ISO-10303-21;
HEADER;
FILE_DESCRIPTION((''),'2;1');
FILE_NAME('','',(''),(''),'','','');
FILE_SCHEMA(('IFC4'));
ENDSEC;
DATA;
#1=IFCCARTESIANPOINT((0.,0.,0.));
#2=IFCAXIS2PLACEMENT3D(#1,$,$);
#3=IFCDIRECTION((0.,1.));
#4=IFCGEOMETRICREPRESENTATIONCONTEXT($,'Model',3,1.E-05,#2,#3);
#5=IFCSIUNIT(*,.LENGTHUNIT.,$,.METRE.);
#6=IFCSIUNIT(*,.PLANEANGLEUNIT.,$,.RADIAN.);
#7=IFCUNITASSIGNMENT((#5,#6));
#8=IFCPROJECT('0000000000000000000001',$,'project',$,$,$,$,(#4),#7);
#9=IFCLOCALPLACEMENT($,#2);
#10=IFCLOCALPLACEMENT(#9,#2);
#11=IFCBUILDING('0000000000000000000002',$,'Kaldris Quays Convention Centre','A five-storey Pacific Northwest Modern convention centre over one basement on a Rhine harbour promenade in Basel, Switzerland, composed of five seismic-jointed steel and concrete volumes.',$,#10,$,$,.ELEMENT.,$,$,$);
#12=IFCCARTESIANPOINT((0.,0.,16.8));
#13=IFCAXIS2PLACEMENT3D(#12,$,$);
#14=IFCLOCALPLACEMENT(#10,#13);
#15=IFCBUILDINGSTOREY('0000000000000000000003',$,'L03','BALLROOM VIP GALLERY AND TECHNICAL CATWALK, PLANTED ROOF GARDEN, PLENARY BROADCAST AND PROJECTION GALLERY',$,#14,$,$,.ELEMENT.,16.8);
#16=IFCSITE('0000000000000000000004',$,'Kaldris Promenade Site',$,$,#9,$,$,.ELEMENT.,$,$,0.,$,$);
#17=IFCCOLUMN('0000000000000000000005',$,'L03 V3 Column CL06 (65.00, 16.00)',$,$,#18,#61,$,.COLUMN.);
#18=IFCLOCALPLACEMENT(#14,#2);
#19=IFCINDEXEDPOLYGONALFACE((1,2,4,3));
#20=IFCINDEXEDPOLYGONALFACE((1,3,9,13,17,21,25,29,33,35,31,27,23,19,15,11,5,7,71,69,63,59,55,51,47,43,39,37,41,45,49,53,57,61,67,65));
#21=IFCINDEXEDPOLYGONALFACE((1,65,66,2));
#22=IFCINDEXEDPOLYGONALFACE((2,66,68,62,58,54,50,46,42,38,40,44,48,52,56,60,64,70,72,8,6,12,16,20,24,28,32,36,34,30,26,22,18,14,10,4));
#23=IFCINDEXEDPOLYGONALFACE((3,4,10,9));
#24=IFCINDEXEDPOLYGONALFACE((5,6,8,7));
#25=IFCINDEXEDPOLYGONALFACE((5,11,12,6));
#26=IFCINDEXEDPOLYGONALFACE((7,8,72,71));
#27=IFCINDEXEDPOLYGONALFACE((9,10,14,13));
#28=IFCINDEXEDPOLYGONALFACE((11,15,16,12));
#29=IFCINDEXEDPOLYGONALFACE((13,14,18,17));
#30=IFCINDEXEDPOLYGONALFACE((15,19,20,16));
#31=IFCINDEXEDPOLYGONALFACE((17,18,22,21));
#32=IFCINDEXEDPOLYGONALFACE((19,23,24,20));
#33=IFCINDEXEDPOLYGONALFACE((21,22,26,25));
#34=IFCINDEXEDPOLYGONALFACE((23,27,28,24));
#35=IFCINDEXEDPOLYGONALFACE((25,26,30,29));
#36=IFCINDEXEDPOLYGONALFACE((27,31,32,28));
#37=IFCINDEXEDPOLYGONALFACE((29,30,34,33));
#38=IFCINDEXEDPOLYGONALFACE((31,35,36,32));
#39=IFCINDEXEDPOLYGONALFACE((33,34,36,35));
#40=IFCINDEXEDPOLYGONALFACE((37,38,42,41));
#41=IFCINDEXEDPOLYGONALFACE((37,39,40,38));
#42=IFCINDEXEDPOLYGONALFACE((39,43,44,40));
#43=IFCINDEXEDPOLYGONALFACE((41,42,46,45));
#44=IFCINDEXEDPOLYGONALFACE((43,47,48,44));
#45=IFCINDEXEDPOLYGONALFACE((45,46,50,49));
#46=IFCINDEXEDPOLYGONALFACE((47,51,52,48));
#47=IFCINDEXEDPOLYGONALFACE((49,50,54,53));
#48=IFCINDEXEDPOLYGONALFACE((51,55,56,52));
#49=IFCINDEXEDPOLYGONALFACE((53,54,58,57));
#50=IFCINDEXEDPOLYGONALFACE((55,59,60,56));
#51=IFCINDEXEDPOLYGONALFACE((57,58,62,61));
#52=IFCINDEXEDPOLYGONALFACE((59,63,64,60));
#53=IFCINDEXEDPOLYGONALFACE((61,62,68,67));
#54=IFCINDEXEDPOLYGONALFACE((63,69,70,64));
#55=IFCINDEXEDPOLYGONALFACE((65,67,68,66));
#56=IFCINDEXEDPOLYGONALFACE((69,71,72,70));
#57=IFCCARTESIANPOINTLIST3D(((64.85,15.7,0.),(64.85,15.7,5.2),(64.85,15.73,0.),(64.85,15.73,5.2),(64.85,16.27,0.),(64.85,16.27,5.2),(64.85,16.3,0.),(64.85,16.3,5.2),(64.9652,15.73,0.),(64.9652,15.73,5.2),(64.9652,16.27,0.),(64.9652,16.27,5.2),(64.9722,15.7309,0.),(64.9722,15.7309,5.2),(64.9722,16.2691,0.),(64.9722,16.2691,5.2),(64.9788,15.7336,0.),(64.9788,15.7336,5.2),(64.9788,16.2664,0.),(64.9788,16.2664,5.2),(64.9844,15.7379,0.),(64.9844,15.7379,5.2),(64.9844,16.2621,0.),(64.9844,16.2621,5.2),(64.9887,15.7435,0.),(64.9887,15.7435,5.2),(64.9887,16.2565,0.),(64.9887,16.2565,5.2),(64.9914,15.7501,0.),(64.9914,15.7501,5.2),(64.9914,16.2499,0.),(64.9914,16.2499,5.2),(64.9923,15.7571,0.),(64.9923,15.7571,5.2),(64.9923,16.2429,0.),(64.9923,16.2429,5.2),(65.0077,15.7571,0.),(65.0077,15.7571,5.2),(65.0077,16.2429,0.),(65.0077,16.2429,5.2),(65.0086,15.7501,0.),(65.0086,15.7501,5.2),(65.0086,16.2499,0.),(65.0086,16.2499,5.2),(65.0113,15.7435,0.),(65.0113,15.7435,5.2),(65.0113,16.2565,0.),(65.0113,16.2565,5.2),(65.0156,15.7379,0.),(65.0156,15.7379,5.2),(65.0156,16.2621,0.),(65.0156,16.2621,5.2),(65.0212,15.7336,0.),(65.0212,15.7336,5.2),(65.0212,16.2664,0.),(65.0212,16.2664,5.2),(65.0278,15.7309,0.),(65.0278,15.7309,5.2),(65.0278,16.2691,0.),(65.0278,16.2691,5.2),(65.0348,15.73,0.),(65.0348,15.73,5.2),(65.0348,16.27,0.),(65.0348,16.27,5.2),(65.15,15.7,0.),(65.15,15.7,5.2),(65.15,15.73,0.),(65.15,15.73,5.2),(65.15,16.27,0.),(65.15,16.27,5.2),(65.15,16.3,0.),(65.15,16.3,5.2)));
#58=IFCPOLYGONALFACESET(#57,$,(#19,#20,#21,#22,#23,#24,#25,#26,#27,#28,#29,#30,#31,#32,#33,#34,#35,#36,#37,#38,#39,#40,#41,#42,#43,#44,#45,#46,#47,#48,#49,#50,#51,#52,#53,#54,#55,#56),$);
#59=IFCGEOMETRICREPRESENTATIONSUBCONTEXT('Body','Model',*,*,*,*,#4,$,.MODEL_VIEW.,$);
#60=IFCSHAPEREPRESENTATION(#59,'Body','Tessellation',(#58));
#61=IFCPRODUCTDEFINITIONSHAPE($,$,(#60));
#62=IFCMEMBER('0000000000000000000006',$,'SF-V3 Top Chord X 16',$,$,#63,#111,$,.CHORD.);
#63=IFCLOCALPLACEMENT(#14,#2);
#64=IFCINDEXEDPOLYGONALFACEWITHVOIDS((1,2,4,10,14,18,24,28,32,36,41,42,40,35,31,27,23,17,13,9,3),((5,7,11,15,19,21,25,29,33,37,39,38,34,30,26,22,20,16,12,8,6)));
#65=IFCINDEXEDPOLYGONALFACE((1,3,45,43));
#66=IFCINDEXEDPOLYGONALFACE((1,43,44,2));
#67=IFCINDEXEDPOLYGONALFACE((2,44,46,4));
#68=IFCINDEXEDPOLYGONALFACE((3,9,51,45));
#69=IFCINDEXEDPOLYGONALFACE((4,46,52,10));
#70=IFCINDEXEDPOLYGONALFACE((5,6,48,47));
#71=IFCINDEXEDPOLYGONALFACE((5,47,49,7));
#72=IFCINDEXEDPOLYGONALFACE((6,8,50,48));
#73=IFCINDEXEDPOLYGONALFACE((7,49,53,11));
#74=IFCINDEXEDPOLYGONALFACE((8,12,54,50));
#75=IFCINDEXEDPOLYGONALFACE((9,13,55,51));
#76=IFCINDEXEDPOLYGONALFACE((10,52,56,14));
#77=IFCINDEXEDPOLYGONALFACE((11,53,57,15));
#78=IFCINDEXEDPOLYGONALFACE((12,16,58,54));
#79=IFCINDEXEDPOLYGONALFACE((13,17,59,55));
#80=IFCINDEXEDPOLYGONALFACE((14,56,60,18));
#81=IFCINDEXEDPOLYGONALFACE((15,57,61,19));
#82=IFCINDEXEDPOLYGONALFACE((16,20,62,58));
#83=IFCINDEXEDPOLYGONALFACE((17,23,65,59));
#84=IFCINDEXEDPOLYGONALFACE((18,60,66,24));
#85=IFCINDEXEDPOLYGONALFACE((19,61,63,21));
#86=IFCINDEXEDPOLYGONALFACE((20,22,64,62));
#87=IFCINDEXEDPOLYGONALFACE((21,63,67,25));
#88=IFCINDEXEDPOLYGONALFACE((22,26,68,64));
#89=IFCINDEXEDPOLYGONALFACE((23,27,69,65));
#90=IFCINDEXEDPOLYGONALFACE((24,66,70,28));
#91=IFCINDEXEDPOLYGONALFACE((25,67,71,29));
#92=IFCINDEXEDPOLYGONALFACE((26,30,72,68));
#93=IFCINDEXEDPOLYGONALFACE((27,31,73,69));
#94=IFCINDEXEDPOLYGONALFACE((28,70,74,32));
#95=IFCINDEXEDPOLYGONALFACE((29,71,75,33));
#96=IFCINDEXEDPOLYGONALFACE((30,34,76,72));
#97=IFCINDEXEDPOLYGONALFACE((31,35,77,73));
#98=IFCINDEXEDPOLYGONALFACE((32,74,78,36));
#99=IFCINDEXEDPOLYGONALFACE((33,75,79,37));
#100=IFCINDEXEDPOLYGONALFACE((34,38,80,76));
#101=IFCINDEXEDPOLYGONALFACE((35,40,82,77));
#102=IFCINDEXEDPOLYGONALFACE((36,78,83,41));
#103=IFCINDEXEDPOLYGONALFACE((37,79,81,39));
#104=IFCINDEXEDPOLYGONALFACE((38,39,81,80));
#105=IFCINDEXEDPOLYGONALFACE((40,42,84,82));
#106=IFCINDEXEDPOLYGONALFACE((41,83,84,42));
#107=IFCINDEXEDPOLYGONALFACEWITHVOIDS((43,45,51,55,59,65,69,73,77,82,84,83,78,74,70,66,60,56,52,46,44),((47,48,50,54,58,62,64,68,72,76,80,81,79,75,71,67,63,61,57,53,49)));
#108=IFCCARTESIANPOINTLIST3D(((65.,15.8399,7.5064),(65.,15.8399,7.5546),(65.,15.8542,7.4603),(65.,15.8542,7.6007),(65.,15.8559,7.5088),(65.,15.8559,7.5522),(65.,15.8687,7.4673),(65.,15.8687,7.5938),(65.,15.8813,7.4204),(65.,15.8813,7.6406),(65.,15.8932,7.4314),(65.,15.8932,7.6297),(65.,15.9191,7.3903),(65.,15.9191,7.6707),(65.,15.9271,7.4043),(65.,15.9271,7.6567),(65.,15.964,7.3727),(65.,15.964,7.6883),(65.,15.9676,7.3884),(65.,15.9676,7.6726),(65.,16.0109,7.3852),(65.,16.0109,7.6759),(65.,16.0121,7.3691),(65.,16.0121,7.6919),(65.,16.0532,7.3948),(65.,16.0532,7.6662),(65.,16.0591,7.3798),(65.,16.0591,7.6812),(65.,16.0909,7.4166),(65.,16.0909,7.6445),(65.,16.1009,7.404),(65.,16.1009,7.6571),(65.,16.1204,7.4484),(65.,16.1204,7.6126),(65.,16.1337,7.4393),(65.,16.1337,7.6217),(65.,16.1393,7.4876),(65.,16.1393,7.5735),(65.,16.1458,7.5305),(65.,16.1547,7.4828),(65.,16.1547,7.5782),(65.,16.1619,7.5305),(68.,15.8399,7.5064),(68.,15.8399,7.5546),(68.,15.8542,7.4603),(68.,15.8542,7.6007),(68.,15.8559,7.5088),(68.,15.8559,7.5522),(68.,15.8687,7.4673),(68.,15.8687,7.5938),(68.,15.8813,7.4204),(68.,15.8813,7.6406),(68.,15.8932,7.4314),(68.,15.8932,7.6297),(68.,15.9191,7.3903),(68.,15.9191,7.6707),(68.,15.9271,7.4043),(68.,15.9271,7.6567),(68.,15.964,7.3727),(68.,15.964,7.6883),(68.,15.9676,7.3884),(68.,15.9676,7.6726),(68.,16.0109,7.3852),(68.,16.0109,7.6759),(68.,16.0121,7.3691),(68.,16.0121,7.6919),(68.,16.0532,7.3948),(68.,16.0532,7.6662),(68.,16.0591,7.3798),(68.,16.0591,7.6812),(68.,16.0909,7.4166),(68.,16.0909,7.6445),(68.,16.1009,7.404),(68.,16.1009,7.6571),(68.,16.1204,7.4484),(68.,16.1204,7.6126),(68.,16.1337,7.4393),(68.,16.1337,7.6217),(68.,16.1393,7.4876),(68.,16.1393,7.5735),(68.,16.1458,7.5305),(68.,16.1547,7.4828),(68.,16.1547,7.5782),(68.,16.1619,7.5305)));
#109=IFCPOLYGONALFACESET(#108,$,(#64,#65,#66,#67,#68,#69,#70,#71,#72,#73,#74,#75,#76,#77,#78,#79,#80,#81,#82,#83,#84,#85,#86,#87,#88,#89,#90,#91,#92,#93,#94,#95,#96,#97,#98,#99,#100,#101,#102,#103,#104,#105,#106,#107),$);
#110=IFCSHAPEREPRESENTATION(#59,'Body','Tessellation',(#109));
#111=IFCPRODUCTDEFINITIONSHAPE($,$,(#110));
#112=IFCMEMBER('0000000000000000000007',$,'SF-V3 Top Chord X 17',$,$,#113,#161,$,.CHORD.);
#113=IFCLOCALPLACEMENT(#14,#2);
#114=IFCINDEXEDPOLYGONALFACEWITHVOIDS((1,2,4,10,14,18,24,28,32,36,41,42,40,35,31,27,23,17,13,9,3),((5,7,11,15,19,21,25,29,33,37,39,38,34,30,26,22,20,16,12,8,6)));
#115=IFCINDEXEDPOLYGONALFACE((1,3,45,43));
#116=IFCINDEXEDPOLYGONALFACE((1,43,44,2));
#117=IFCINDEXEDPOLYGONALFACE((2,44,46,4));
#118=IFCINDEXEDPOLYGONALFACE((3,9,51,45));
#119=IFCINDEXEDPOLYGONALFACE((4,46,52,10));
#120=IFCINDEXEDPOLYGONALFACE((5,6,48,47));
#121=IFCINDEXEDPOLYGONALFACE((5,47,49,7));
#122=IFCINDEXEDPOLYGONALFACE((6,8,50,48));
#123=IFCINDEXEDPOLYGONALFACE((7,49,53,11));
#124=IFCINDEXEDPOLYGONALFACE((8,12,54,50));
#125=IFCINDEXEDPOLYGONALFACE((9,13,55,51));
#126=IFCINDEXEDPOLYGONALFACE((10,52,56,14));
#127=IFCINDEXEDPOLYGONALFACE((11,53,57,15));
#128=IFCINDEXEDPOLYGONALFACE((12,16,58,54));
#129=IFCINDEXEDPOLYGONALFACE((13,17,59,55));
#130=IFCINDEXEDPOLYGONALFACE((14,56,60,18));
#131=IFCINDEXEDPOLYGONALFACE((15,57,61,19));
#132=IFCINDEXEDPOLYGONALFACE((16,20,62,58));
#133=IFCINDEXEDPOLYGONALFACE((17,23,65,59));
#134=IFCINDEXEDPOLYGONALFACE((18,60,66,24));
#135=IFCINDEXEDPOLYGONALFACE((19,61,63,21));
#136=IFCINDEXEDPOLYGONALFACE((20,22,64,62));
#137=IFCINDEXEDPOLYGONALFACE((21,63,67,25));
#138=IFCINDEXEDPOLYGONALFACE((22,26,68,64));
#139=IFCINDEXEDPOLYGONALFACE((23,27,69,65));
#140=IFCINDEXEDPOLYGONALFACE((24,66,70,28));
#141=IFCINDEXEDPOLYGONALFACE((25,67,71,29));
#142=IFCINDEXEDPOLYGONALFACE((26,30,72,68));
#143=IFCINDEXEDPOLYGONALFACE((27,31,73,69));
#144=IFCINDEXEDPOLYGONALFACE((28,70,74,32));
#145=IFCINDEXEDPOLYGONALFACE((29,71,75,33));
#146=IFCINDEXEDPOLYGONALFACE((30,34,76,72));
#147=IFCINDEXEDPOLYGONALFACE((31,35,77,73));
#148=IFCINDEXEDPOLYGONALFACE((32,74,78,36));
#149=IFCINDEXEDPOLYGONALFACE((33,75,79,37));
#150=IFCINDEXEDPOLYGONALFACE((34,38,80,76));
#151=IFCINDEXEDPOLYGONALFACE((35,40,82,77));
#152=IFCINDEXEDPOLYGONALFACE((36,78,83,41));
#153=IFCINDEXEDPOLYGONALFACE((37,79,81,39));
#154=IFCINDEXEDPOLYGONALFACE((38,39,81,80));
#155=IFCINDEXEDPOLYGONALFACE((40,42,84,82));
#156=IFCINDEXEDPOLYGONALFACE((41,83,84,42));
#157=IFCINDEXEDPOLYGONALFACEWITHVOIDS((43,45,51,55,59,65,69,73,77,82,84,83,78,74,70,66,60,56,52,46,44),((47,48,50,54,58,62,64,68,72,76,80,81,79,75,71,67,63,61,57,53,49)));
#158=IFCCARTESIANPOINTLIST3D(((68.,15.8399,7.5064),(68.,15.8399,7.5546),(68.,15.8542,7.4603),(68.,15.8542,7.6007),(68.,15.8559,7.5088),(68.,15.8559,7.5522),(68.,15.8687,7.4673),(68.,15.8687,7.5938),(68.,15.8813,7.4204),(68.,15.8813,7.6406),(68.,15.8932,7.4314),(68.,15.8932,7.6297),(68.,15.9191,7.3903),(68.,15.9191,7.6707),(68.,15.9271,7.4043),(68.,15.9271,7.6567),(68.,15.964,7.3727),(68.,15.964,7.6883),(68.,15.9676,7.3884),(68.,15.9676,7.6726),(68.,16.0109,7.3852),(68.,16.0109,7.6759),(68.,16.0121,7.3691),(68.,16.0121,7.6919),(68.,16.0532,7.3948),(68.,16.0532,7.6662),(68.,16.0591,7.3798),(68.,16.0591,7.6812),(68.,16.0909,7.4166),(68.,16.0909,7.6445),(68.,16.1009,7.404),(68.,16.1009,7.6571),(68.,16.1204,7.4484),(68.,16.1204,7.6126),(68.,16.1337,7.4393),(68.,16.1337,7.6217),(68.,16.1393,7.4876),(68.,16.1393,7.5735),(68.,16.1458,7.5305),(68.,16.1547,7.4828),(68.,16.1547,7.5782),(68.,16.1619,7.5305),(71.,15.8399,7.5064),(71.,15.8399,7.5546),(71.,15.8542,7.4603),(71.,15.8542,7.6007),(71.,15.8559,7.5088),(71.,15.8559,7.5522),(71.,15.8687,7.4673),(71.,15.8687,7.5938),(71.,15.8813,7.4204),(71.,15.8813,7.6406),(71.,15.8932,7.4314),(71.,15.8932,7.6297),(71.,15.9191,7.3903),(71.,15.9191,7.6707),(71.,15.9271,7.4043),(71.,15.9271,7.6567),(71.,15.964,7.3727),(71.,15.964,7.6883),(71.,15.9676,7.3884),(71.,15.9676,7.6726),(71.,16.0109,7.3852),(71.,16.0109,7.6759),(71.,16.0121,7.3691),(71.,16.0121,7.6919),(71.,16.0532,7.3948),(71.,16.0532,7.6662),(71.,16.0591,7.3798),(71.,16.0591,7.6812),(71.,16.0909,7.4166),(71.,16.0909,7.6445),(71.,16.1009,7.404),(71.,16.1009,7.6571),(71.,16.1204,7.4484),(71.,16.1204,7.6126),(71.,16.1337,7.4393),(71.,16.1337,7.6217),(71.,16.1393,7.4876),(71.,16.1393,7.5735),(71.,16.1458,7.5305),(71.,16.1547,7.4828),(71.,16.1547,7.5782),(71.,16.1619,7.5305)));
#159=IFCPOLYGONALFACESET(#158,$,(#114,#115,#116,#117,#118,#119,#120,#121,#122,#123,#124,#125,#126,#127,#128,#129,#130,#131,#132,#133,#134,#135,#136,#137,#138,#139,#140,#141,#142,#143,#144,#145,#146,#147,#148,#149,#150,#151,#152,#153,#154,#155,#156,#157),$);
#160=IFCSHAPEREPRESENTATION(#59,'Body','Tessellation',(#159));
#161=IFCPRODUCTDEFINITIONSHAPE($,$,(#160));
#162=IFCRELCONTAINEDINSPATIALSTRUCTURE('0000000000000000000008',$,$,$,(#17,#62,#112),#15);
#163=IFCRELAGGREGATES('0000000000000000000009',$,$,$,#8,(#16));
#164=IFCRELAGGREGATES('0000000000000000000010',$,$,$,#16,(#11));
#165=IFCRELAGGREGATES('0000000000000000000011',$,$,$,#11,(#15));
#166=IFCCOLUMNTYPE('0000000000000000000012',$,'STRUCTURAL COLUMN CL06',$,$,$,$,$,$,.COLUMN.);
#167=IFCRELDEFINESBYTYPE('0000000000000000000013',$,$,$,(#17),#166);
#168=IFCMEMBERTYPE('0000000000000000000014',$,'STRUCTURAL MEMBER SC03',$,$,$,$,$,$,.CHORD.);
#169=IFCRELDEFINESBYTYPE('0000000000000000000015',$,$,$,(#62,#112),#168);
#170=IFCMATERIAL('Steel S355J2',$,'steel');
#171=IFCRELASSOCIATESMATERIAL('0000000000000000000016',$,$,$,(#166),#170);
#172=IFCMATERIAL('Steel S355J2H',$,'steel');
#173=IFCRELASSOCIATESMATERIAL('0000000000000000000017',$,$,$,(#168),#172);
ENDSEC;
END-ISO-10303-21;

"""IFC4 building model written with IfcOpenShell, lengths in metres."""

from ifc_helpers import new_model, si_unit, direction, frame, origin, origin_2d, place, context, subcontext, project, spatial, hollow_circle, i_section, extrude, material, material_profile, profile_set, type_object, element, save


model = new_model("IFC4")

# Units and contexts
model_context = context("Model", 3, precision=1e-05, world=origin(), true_north=direction((0.0, 1.0)))
body_context = subcontext(model_context, "Body", "Model", "MODEL_VIEW")
ifc_project = project(units=[si_unit("LENGTHUNIT", "METRE"), si_unit("PLANEANGLEUNIT", "RADIAN")], contexts=[model_context])

# Site, building, storey
site_placement = place(None, origin())
site = spatial("IfcSite", under=ifc_project, at=site_placement, Name="Kaldris Promenade Site", CompositionType="ELEMENT", RefElevation=0.0)
building_placement = place(site_placement, origin())
building = spatial("IfcBuilding", under=site, at=building_placement, Name="Kaldris Quays Convention Centre", Description="A five-storey Pacific Northwest Modern convention centre over one basement on a Rhine harbour promenade in Basel, Switzerland, composed of five seismic-jointed steel and concrete volumes.", CompositionType="ELEMENT")
storey_placement = place(building_placement, frame((0.0, 0.0, 16.8)))
storey = spatial("IfcBuildingStorey", under=building, at=storey_placement, Name="L03", Description="BALLROOM VIP GALLERY AND TECHNICAL CATWALK, PLANTED ROOF GARDEN, PLENARY BROADCAST AND PROJECTION GALLERY", CompositionType="ELEMENT", Elevation=16.8)

# Column
ifc_material_1 = material(Name="Steel S355J2", Category="steel")
ifc_material_profile_1 = material_profile(ifc_material_1, i_section(OverallWidth=0.3, OverallDepth=0.6001, WebThickness=0.0154, FlangeThickness=0.03, FilletRadius=0.0271, at=origin_2d()), Name="HEB 600")
ifc_profile_set_1 = profile_set([ifc_material_profile_1], Name="Steel S355J2")
column_type = type_object("IfcColumnType", Name="STRUCTURAL COLUMN CL06", PredefinedType="COLUMN", material=ifc_profile_set_1)
column_placement = place(storey_placement, frame((65.0, 16.0, 0.0), z_axis=(0.0, 0.0, 1.0), x_axis=(1.0, 0.0, 0.0)))
element("IfcColumn", 1, at=column_placement, inside=storey, type_object=column_type, Name="L03 V3 Column CL06 (65.00, 16.00)", PredefinedType="COLUMN", context=body_context, shape_type="SweptSolid", body=[
    extrude(i_section(OverallWidth=0.3, OverallDepth=0.6001, WebThickness=0.0154, FlangeThickness=0.03, FilletRadius=0.0271, at=origin_2d()), origin(), (0.0, 0.0, 1.0), 5.2),
])

# Members
ifc_material_2 = material(Name="Steel S355J2H", Category="steel")
ifc_material_profile_2 = material_profile(ifc_material_2, hollow_circle(Radius=0.1619, WallThickness=0.0161, at=origin_2d()), Name="CHS 323.9x16")
ifc_profile_set_2 = profile_set([ifc_material_profile_2], Name="Steel S355J2H")
member_type_1 = type_object("IfcMemberType", Name="STRUCTURAL MEMBER SC03", PredefinedType="CHORD", material=ifc_profile_set_2)
for number, where, z_axis, x_axis, name in (
    (2, (65.0, 16.0, 7.5305), (1.0, 0.0, 0.0), (0.0, 1.0, 0.0), "SF-V3 Top Chord X 16"),
    (3, (68.0, 16.0, 7.5305), (1.0, 0.0, 0.0), (0.0, 1.0, 0.0), "SF-V3 Top Chord X 17"),
):
    element("IfcMember", number, at=place(storey_placement, frame(where, z_axis=z_axis, x_axis=x_axis)), inside=storey, type_object=member_type_1, Name=name, PredefinedType="CHORD", context=body_context, shape_type="SweptSolid", body=[
        extrude(hollow_circle(Radius=0.1619, WallThickness=0.0161, at=origin_2d()), origin(), (0.0, 0.0, 1.0), 3.0),
    ])

save(model, "model.ifc")
